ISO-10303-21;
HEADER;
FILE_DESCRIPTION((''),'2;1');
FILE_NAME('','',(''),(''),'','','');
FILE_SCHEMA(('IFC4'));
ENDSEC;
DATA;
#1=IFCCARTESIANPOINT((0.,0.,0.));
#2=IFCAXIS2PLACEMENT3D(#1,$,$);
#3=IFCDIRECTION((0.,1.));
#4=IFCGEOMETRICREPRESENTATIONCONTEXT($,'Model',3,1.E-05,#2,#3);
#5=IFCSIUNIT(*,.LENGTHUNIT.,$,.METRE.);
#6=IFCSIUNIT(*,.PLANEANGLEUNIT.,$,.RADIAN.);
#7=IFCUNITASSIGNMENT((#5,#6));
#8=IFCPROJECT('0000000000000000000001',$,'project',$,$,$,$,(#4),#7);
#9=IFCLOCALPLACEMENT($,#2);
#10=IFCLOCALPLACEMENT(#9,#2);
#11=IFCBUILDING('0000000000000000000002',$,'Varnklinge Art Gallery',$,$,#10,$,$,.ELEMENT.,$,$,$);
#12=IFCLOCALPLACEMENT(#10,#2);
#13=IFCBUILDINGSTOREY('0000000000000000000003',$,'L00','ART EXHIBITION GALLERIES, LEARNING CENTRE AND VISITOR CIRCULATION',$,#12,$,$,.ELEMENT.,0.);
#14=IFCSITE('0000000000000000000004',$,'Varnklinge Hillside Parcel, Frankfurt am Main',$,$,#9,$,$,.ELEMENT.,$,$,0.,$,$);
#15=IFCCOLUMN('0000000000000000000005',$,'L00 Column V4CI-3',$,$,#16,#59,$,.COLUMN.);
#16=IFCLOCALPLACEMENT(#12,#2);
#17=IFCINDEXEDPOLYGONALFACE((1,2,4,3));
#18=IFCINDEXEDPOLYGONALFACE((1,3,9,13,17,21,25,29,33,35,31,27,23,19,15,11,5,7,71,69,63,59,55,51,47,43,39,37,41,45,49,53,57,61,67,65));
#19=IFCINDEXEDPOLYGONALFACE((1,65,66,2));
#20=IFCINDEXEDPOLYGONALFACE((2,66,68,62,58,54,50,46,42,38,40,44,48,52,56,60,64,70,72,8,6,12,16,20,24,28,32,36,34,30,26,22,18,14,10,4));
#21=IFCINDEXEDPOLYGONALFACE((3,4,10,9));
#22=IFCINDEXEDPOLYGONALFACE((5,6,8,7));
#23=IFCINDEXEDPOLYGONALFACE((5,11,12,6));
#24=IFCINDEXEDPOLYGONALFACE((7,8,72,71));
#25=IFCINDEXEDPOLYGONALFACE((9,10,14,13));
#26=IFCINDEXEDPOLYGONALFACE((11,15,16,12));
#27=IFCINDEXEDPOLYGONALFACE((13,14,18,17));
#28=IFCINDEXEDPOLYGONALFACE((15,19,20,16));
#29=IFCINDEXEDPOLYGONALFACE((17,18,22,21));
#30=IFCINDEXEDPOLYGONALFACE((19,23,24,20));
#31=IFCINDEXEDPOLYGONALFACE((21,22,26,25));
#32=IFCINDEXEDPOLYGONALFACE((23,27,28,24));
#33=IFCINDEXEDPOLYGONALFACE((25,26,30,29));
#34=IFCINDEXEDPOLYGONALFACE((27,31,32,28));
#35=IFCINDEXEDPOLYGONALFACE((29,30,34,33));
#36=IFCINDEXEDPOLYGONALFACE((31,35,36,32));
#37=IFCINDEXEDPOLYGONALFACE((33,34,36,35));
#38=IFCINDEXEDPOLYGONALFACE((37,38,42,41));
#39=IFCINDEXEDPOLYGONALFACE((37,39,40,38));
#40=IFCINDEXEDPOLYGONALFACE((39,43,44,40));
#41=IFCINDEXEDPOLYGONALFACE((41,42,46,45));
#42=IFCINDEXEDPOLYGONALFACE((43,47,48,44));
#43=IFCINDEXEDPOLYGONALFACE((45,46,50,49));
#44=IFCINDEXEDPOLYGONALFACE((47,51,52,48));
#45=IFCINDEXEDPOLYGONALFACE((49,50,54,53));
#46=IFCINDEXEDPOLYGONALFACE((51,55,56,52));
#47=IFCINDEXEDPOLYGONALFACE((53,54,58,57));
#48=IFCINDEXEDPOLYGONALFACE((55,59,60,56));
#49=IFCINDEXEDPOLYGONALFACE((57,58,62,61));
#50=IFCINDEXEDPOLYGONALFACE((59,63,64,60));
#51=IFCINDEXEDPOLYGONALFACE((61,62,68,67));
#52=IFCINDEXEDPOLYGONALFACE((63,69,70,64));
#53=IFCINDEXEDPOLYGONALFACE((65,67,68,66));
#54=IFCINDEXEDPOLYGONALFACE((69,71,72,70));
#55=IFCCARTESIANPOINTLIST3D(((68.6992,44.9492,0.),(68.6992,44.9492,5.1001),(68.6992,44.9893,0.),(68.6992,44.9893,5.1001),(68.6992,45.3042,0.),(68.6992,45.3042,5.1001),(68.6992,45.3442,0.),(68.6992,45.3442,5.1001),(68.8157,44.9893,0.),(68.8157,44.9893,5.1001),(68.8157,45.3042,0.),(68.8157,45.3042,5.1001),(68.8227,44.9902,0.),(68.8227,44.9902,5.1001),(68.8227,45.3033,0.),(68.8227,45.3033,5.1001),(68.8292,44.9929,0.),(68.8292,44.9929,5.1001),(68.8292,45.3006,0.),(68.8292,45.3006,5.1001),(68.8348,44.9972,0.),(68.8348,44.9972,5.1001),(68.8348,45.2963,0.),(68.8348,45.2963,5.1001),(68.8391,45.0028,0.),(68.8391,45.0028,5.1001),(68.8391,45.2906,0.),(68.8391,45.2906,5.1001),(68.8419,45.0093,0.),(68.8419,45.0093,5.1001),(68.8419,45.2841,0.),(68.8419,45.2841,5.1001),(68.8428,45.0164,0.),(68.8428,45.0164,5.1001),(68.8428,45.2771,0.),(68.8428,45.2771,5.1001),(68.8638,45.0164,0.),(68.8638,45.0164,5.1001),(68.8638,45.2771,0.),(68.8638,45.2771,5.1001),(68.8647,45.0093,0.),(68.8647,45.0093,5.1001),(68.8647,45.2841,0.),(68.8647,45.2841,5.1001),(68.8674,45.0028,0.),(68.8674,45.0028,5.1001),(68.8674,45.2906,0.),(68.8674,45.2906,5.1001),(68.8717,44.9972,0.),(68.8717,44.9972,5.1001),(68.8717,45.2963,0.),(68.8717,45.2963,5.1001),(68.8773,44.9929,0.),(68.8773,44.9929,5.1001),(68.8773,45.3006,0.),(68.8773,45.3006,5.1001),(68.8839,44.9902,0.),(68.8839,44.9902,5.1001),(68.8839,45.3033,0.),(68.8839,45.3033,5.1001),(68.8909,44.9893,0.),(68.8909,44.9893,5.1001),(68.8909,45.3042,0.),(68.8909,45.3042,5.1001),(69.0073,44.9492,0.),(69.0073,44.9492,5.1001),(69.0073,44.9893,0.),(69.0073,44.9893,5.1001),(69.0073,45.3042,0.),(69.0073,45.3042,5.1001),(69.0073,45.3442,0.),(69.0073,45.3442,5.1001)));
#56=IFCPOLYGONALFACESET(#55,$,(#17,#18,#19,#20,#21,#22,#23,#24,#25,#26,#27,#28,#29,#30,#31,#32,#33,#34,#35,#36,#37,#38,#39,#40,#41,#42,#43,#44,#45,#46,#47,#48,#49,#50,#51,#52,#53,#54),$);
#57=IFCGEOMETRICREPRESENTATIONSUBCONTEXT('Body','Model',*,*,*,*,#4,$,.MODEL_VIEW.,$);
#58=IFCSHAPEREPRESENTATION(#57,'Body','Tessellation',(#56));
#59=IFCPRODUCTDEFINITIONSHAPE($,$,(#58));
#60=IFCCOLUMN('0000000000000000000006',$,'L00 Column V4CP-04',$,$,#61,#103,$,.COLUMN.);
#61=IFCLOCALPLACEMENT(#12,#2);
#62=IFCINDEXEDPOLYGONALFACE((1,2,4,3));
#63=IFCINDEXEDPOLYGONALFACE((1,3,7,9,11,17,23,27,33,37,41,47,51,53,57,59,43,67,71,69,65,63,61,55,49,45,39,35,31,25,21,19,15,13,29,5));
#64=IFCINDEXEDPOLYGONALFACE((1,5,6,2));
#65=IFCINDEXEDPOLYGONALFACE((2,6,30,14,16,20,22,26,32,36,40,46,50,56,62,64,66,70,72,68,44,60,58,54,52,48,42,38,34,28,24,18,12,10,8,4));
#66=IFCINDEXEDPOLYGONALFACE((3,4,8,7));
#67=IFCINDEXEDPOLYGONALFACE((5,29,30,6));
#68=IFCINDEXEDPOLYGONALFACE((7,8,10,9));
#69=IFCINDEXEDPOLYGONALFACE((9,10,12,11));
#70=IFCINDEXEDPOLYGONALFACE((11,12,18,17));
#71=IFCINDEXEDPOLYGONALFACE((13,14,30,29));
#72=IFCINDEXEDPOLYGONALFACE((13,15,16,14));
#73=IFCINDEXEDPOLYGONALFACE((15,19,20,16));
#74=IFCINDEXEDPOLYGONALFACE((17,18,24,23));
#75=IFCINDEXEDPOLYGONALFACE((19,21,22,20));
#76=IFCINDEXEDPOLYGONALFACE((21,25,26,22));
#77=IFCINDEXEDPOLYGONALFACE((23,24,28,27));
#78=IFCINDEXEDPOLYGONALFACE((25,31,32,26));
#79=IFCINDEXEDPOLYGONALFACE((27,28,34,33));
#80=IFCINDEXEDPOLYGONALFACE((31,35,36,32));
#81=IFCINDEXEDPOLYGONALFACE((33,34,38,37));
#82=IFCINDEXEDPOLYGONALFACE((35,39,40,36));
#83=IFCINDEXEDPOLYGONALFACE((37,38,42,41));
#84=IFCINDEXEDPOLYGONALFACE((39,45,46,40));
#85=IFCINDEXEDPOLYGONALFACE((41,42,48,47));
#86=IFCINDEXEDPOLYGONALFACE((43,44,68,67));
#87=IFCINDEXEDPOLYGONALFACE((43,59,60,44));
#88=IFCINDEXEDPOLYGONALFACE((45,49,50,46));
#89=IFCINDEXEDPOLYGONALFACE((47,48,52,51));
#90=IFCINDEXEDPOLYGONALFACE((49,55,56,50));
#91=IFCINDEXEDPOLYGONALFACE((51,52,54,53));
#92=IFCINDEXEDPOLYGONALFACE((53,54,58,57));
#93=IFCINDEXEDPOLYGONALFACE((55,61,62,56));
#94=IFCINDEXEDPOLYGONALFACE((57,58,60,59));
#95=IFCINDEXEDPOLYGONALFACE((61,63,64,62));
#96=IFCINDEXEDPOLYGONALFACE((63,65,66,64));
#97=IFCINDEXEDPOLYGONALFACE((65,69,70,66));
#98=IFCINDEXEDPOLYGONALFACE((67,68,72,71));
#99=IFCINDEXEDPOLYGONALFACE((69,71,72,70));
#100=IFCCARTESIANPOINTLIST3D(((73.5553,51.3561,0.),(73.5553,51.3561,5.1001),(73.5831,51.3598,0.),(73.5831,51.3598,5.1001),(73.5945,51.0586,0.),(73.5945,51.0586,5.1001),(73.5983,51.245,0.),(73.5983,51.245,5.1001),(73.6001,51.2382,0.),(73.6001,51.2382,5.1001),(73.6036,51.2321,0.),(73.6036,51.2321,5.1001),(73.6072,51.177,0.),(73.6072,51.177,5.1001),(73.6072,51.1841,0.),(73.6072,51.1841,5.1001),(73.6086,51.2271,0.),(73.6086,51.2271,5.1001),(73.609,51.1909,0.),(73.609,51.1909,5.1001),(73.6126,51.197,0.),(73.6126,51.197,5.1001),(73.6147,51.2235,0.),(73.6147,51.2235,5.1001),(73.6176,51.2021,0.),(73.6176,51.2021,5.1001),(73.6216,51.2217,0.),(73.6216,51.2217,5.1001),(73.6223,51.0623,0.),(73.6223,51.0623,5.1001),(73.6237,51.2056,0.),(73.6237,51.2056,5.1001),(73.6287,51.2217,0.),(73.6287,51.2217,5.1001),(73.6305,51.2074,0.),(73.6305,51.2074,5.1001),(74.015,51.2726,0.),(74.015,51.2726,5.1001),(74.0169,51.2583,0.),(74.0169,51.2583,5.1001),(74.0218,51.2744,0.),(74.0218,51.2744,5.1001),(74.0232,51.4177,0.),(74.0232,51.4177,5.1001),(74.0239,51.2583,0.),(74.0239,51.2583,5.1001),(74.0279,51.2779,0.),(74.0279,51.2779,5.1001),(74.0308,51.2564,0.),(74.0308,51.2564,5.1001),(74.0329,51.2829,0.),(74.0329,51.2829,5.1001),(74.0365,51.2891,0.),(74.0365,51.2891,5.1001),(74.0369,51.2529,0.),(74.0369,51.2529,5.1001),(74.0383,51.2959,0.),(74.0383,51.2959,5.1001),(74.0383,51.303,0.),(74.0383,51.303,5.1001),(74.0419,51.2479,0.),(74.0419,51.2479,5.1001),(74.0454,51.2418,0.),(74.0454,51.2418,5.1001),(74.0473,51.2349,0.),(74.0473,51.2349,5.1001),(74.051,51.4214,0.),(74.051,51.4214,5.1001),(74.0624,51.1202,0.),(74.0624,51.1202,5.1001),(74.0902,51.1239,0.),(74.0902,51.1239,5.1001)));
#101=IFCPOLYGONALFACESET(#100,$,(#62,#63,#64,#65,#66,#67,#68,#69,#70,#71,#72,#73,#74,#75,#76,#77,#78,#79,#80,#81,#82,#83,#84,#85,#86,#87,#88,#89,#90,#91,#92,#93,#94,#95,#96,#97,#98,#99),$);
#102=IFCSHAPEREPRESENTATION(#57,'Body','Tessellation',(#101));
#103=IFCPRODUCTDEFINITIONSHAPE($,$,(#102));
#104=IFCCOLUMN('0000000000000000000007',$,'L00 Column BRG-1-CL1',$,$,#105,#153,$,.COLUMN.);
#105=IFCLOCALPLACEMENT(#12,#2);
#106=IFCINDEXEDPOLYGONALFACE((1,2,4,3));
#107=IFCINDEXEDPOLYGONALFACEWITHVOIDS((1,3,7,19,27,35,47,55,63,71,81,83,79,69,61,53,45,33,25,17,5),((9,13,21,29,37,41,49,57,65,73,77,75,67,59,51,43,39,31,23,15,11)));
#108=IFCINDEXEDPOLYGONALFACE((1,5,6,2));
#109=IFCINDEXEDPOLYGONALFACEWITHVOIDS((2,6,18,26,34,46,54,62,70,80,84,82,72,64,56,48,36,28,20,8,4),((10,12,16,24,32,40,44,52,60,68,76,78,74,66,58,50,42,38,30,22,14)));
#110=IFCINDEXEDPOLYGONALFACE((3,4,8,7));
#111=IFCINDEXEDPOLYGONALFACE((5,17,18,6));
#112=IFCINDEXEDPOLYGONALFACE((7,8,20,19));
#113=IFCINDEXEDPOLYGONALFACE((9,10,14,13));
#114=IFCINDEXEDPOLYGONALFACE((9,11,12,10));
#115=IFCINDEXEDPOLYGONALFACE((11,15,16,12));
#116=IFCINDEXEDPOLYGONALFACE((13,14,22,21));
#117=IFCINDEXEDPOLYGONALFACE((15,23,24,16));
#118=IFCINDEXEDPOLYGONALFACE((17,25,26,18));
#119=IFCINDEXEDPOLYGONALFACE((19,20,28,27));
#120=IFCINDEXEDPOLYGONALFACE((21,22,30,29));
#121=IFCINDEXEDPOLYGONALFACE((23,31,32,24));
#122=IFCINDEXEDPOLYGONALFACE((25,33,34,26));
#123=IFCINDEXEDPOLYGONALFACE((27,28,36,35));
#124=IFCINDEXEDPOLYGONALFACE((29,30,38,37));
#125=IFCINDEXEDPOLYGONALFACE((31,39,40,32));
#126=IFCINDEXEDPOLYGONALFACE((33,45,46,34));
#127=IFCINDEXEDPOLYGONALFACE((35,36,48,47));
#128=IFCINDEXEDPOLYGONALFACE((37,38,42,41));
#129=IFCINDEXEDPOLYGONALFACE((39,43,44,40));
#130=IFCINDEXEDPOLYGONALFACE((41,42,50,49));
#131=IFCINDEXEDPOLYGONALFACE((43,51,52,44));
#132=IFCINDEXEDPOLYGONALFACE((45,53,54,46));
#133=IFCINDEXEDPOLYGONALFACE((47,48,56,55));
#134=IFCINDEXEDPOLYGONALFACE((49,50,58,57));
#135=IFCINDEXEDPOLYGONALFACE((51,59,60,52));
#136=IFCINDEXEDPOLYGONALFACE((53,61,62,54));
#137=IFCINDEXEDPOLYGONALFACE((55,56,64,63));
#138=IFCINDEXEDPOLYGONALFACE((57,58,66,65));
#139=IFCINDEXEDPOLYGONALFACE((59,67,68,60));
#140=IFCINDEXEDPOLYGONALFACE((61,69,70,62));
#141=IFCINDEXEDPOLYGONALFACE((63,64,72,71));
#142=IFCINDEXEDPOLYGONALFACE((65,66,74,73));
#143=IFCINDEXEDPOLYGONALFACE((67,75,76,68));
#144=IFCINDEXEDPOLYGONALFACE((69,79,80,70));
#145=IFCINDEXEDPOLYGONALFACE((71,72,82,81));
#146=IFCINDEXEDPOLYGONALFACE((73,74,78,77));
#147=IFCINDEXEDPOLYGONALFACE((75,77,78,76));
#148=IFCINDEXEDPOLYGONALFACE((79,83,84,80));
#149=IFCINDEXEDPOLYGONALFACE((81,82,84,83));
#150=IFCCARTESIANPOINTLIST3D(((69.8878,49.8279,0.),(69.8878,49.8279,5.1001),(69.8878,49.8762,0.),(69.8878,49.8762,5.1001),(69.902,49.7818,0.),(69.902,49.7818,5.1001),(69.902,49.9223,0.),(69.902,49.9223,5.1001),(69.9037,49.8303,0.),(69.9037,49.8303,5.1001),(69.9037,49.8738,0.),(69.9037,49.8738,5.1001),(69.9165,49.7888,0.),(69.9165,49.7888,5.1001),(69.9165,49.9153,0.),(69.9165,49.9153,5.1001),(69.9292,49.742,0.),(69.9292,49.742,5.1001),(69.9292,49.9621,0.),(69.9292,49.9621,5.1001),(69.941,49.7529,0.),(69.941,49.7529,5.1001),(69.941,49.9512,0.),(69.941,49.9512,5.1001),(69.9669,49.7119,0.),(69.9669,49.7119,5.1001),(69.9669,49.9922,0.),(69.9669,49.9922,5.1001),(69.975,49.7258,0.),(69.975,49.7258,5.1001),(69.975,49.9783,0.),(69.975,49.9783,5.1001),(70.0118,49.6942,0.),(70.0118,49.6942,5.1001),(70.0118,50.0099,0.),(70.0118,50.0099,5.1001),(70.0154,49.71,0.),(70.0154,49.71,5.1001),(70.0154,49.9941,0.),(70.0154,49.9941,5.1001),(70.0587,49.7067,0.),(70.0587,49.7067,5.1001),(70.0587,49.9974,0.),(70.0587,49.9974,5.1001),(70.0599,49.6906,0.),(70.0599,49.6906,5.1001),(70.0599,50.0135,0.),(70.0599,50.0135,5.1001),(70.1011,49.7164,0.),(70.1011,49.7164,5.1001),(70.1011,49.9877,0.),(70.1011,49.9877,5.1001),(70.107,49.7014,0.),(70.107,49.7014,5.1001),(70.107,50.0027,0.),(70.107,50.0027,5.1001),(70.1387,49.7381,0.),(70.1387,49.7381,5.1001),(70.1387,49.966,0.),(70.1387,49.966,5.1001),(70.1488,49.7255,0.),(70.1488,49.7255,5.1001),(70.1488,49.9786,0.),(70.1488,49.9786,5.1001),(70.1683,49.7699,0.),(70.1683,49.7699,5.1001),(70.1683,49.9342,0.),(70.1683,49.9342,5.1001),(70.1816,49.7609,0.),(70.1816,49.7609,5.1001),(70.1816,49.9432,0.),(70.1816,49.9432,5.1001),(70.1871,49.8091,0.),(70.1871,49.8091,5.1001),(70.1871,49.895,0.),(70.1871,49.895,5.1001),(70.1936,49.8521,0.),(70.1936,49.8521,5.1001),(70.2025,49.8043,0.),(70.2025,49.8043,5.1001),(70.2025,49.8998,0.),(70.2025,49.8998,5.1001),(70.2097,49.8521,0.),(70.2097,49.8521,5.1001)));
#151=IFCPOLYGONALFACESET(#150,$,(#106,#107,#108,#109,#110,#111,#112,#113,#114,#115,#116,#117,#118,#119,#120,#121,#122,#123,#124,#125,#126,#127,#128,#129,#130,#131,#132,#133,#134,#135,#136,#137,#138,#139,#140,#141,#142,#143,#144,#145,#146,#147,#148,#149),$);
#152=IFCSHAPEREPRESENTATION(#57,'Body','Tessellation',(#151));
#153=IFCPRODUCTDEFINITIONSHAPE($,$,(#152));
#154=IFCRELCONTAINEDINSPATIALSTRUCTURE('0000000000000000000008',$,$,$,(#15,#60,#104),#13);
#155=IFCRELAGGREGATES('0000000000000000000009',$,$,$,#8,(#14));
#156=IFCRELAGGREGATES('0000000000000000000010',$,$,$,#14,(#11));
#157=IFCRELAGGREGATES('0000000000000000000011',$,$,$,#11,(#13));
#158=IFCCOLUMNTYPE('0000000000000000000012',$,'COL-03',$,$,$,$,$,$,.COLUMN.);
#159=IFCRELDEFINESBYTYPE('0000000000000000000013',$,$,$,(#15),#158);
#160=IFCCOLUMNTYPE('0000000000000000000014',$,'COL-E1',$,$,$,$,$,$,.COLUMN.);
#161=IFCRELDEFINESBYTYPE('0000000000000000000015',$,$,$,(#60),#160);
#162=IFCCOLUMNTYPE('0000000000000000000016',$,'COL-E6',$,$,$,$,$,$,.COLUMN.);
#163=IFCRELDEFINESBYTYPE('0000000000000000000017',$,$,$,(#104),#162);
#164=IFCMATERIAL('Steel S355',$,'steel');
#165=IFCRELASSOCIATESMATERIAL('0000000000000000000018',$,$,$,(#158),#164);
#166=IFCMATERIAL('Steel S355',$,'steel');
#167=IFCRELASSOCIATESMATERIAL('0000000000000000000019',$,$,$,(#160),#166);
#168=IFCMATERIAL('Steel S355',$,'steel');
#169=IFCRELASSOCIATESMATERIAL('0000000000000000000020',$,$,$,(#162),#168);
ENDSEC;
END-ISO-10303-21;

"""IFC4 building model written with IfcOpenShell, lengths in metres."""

from ifc_helpers import new_model, si_unit, direction, frame, origin, origin_2d, place, context, subcontext, project, spatial, hollow_circle, i_section, extrude, material, material_profile, profile_set, type_object, element, save


model = new_model("IFC4")

# Units and contexts
model_context = context("Model", 3, precision=1e-05, world=origin(), true_north=direction((0.0, 1.0)))
body_context = subcontext(model_context, "Body", "Model", "MODEL_VIEW")
ifc_project = project(units=[si_unit("LENGTHUNIT", "METRE"), si_unit("PLANEANGLEUNIT", "RADIAN")], contexts=[model_context])

# Site, building, storey
site_placement = place(None, origin())
site = spatial("IfcSite", under=ifc_project, at=site_placement, Name="Varnklinge Hillside Parcel, Frankfurt am Main", CompositionType="ELEMENT", RefElevation=0.0)
building_placement = place(site_placement, origin())
building = spatial("IfcBuilding", under=site, at=building_placement, Name="Varnklinge Art Gallery", CompositionType="ELEMENT")
storey_placement = place(building_placement, origin())
storey = spatial("IfcBuildingStorey", under=building, at=storey_placement, Name="L00", Description="ART EXHIBITION GALLERIES, LEARNING CENTRE AND VISITOR CIRCULATION", CompositionType="ELEMENT", Elevation=0.0)

# Columns
ifc_material_1 = material(Name="Steel S355", Category="steel")
ifc_material_profile_1 = material_profile(ifc_material_1, i_section(OverallWidth=0.3081, OverallDepth=0.395, WebThickness=0.021, FlangeThickness=0.04, FilletRadius=0.0271, at=origin_2d()), Name="HEM 360")
ifc_profile_set_1 = profile_set([ifc_material_profile_1], Name="Steel S355")
column_type_1 = type_object("IfcColumnType", Name="COL-03", PredefinedType="COLUMN", material=ifc_profile_set_1)
column_1_placement = place(storey_placement, frame((68.8533, 45.1467, 0.0), z_axis=(0.0, 0.0, 1.0), x_axis=(1.0, 0.0, 0.0)))
element("IfcColumn", 1, at=column_1_placement, inside=storey, type_object=column_type_1, Name="L00 Column V4CI-3", PredefinedType="COLUMN", context=body_context, shape_type="SweptSolid", body=[
    extrude(i_section(OverallWidth=0.3081, OverallDepth=0.395, WebThickness=0.021, FlangeThickness=0.04, FilletRadius=0.0271, at=origin_2d()), origin(), (0.0, 0.0, 1.0), 5.1001),
])
ifc_material_2 = material(Name="Steel S355", Category="steel")
ifc_material_profile_2 = material_profile(ifc_material_2, i_section(OverallWidth=0.3, OverallDepth=0.5, WebThickness=0.0144, FlangeThickness=0.0281, FilletRadius=0.0271, at=origin_2d()), Name="HEB 500")
ifc_profile_set_2 = profile_set([ifc_material_profile_2], Name="Steel S355")
column_type_2 = type_object("IfcColumnType", Name="COL-E1", PredefinedType="COLUMN", material=ifc_profile_set_2)
column_2_placement = place(storey_placement, frame((73.8228, 51.24, 0.0), z_axis=(0.0, 0.0, 1.0), x_axis=(-0.130526, 0.991445, 0.0)))
element("IfcColumn", 2, at=column_2_placement, inside=storey, type_object=column_type_2, Name="L00 Column V4CP-04", PredefinedType="COLUMN", context=body_context, shape_type="SweptSolid", body=[
    extrude(i_section(OverallWidth=0.3, OverallDepth=0.5, WebThickness=0.0144, FlangeThickness=0.0281, FilletRadius=0.0271, at=origin_2d()), origin(), (0.0, 0.0, 1.0), 5.1001),
])
ifc_material_3 = material(Name="Steel S355", Category="steel")
ifc_material_profile_3 = material_profile(ifc_material_3, hollow_circle(Radius=0.1619, WallThickness=0.0161, at=origin_2d()), Name="CHS 323.9x16")
ifc_profile_set_3 = profile_set([ifc_material_profile_3], Name="Steel S355")
column_type_3 = type_object("IfcColumnType", Name="COL-E6", PredefinedType="COLUMN", material=ifc_profile_set_3)
for number, where, z_axis, x_axis, name in (
    (3, (70.0479, 49.8521, 0.0), (0.0, 0.0, 1.0), (1.0, 0.0, 0.0), "L00 Column BRG-1-CL1"),
):
    element("IfcColumn", number, at=place(storey_placement, frame(where, z_axis=z_axis, x_axis=x_axis)), inside=storey, type_object=column_type_3, Name=name, PredefinedType="COLUMN", context=body_context, shape_type="SweptSolid", body=[
        extrude(hollow_circle(Radius=0.1619, WallThickness=0.0161, at=origin_2d()), origin(), (0.0, 0.0, 1.0), 5.1001),
    ])

save(model, "model.ifc")
